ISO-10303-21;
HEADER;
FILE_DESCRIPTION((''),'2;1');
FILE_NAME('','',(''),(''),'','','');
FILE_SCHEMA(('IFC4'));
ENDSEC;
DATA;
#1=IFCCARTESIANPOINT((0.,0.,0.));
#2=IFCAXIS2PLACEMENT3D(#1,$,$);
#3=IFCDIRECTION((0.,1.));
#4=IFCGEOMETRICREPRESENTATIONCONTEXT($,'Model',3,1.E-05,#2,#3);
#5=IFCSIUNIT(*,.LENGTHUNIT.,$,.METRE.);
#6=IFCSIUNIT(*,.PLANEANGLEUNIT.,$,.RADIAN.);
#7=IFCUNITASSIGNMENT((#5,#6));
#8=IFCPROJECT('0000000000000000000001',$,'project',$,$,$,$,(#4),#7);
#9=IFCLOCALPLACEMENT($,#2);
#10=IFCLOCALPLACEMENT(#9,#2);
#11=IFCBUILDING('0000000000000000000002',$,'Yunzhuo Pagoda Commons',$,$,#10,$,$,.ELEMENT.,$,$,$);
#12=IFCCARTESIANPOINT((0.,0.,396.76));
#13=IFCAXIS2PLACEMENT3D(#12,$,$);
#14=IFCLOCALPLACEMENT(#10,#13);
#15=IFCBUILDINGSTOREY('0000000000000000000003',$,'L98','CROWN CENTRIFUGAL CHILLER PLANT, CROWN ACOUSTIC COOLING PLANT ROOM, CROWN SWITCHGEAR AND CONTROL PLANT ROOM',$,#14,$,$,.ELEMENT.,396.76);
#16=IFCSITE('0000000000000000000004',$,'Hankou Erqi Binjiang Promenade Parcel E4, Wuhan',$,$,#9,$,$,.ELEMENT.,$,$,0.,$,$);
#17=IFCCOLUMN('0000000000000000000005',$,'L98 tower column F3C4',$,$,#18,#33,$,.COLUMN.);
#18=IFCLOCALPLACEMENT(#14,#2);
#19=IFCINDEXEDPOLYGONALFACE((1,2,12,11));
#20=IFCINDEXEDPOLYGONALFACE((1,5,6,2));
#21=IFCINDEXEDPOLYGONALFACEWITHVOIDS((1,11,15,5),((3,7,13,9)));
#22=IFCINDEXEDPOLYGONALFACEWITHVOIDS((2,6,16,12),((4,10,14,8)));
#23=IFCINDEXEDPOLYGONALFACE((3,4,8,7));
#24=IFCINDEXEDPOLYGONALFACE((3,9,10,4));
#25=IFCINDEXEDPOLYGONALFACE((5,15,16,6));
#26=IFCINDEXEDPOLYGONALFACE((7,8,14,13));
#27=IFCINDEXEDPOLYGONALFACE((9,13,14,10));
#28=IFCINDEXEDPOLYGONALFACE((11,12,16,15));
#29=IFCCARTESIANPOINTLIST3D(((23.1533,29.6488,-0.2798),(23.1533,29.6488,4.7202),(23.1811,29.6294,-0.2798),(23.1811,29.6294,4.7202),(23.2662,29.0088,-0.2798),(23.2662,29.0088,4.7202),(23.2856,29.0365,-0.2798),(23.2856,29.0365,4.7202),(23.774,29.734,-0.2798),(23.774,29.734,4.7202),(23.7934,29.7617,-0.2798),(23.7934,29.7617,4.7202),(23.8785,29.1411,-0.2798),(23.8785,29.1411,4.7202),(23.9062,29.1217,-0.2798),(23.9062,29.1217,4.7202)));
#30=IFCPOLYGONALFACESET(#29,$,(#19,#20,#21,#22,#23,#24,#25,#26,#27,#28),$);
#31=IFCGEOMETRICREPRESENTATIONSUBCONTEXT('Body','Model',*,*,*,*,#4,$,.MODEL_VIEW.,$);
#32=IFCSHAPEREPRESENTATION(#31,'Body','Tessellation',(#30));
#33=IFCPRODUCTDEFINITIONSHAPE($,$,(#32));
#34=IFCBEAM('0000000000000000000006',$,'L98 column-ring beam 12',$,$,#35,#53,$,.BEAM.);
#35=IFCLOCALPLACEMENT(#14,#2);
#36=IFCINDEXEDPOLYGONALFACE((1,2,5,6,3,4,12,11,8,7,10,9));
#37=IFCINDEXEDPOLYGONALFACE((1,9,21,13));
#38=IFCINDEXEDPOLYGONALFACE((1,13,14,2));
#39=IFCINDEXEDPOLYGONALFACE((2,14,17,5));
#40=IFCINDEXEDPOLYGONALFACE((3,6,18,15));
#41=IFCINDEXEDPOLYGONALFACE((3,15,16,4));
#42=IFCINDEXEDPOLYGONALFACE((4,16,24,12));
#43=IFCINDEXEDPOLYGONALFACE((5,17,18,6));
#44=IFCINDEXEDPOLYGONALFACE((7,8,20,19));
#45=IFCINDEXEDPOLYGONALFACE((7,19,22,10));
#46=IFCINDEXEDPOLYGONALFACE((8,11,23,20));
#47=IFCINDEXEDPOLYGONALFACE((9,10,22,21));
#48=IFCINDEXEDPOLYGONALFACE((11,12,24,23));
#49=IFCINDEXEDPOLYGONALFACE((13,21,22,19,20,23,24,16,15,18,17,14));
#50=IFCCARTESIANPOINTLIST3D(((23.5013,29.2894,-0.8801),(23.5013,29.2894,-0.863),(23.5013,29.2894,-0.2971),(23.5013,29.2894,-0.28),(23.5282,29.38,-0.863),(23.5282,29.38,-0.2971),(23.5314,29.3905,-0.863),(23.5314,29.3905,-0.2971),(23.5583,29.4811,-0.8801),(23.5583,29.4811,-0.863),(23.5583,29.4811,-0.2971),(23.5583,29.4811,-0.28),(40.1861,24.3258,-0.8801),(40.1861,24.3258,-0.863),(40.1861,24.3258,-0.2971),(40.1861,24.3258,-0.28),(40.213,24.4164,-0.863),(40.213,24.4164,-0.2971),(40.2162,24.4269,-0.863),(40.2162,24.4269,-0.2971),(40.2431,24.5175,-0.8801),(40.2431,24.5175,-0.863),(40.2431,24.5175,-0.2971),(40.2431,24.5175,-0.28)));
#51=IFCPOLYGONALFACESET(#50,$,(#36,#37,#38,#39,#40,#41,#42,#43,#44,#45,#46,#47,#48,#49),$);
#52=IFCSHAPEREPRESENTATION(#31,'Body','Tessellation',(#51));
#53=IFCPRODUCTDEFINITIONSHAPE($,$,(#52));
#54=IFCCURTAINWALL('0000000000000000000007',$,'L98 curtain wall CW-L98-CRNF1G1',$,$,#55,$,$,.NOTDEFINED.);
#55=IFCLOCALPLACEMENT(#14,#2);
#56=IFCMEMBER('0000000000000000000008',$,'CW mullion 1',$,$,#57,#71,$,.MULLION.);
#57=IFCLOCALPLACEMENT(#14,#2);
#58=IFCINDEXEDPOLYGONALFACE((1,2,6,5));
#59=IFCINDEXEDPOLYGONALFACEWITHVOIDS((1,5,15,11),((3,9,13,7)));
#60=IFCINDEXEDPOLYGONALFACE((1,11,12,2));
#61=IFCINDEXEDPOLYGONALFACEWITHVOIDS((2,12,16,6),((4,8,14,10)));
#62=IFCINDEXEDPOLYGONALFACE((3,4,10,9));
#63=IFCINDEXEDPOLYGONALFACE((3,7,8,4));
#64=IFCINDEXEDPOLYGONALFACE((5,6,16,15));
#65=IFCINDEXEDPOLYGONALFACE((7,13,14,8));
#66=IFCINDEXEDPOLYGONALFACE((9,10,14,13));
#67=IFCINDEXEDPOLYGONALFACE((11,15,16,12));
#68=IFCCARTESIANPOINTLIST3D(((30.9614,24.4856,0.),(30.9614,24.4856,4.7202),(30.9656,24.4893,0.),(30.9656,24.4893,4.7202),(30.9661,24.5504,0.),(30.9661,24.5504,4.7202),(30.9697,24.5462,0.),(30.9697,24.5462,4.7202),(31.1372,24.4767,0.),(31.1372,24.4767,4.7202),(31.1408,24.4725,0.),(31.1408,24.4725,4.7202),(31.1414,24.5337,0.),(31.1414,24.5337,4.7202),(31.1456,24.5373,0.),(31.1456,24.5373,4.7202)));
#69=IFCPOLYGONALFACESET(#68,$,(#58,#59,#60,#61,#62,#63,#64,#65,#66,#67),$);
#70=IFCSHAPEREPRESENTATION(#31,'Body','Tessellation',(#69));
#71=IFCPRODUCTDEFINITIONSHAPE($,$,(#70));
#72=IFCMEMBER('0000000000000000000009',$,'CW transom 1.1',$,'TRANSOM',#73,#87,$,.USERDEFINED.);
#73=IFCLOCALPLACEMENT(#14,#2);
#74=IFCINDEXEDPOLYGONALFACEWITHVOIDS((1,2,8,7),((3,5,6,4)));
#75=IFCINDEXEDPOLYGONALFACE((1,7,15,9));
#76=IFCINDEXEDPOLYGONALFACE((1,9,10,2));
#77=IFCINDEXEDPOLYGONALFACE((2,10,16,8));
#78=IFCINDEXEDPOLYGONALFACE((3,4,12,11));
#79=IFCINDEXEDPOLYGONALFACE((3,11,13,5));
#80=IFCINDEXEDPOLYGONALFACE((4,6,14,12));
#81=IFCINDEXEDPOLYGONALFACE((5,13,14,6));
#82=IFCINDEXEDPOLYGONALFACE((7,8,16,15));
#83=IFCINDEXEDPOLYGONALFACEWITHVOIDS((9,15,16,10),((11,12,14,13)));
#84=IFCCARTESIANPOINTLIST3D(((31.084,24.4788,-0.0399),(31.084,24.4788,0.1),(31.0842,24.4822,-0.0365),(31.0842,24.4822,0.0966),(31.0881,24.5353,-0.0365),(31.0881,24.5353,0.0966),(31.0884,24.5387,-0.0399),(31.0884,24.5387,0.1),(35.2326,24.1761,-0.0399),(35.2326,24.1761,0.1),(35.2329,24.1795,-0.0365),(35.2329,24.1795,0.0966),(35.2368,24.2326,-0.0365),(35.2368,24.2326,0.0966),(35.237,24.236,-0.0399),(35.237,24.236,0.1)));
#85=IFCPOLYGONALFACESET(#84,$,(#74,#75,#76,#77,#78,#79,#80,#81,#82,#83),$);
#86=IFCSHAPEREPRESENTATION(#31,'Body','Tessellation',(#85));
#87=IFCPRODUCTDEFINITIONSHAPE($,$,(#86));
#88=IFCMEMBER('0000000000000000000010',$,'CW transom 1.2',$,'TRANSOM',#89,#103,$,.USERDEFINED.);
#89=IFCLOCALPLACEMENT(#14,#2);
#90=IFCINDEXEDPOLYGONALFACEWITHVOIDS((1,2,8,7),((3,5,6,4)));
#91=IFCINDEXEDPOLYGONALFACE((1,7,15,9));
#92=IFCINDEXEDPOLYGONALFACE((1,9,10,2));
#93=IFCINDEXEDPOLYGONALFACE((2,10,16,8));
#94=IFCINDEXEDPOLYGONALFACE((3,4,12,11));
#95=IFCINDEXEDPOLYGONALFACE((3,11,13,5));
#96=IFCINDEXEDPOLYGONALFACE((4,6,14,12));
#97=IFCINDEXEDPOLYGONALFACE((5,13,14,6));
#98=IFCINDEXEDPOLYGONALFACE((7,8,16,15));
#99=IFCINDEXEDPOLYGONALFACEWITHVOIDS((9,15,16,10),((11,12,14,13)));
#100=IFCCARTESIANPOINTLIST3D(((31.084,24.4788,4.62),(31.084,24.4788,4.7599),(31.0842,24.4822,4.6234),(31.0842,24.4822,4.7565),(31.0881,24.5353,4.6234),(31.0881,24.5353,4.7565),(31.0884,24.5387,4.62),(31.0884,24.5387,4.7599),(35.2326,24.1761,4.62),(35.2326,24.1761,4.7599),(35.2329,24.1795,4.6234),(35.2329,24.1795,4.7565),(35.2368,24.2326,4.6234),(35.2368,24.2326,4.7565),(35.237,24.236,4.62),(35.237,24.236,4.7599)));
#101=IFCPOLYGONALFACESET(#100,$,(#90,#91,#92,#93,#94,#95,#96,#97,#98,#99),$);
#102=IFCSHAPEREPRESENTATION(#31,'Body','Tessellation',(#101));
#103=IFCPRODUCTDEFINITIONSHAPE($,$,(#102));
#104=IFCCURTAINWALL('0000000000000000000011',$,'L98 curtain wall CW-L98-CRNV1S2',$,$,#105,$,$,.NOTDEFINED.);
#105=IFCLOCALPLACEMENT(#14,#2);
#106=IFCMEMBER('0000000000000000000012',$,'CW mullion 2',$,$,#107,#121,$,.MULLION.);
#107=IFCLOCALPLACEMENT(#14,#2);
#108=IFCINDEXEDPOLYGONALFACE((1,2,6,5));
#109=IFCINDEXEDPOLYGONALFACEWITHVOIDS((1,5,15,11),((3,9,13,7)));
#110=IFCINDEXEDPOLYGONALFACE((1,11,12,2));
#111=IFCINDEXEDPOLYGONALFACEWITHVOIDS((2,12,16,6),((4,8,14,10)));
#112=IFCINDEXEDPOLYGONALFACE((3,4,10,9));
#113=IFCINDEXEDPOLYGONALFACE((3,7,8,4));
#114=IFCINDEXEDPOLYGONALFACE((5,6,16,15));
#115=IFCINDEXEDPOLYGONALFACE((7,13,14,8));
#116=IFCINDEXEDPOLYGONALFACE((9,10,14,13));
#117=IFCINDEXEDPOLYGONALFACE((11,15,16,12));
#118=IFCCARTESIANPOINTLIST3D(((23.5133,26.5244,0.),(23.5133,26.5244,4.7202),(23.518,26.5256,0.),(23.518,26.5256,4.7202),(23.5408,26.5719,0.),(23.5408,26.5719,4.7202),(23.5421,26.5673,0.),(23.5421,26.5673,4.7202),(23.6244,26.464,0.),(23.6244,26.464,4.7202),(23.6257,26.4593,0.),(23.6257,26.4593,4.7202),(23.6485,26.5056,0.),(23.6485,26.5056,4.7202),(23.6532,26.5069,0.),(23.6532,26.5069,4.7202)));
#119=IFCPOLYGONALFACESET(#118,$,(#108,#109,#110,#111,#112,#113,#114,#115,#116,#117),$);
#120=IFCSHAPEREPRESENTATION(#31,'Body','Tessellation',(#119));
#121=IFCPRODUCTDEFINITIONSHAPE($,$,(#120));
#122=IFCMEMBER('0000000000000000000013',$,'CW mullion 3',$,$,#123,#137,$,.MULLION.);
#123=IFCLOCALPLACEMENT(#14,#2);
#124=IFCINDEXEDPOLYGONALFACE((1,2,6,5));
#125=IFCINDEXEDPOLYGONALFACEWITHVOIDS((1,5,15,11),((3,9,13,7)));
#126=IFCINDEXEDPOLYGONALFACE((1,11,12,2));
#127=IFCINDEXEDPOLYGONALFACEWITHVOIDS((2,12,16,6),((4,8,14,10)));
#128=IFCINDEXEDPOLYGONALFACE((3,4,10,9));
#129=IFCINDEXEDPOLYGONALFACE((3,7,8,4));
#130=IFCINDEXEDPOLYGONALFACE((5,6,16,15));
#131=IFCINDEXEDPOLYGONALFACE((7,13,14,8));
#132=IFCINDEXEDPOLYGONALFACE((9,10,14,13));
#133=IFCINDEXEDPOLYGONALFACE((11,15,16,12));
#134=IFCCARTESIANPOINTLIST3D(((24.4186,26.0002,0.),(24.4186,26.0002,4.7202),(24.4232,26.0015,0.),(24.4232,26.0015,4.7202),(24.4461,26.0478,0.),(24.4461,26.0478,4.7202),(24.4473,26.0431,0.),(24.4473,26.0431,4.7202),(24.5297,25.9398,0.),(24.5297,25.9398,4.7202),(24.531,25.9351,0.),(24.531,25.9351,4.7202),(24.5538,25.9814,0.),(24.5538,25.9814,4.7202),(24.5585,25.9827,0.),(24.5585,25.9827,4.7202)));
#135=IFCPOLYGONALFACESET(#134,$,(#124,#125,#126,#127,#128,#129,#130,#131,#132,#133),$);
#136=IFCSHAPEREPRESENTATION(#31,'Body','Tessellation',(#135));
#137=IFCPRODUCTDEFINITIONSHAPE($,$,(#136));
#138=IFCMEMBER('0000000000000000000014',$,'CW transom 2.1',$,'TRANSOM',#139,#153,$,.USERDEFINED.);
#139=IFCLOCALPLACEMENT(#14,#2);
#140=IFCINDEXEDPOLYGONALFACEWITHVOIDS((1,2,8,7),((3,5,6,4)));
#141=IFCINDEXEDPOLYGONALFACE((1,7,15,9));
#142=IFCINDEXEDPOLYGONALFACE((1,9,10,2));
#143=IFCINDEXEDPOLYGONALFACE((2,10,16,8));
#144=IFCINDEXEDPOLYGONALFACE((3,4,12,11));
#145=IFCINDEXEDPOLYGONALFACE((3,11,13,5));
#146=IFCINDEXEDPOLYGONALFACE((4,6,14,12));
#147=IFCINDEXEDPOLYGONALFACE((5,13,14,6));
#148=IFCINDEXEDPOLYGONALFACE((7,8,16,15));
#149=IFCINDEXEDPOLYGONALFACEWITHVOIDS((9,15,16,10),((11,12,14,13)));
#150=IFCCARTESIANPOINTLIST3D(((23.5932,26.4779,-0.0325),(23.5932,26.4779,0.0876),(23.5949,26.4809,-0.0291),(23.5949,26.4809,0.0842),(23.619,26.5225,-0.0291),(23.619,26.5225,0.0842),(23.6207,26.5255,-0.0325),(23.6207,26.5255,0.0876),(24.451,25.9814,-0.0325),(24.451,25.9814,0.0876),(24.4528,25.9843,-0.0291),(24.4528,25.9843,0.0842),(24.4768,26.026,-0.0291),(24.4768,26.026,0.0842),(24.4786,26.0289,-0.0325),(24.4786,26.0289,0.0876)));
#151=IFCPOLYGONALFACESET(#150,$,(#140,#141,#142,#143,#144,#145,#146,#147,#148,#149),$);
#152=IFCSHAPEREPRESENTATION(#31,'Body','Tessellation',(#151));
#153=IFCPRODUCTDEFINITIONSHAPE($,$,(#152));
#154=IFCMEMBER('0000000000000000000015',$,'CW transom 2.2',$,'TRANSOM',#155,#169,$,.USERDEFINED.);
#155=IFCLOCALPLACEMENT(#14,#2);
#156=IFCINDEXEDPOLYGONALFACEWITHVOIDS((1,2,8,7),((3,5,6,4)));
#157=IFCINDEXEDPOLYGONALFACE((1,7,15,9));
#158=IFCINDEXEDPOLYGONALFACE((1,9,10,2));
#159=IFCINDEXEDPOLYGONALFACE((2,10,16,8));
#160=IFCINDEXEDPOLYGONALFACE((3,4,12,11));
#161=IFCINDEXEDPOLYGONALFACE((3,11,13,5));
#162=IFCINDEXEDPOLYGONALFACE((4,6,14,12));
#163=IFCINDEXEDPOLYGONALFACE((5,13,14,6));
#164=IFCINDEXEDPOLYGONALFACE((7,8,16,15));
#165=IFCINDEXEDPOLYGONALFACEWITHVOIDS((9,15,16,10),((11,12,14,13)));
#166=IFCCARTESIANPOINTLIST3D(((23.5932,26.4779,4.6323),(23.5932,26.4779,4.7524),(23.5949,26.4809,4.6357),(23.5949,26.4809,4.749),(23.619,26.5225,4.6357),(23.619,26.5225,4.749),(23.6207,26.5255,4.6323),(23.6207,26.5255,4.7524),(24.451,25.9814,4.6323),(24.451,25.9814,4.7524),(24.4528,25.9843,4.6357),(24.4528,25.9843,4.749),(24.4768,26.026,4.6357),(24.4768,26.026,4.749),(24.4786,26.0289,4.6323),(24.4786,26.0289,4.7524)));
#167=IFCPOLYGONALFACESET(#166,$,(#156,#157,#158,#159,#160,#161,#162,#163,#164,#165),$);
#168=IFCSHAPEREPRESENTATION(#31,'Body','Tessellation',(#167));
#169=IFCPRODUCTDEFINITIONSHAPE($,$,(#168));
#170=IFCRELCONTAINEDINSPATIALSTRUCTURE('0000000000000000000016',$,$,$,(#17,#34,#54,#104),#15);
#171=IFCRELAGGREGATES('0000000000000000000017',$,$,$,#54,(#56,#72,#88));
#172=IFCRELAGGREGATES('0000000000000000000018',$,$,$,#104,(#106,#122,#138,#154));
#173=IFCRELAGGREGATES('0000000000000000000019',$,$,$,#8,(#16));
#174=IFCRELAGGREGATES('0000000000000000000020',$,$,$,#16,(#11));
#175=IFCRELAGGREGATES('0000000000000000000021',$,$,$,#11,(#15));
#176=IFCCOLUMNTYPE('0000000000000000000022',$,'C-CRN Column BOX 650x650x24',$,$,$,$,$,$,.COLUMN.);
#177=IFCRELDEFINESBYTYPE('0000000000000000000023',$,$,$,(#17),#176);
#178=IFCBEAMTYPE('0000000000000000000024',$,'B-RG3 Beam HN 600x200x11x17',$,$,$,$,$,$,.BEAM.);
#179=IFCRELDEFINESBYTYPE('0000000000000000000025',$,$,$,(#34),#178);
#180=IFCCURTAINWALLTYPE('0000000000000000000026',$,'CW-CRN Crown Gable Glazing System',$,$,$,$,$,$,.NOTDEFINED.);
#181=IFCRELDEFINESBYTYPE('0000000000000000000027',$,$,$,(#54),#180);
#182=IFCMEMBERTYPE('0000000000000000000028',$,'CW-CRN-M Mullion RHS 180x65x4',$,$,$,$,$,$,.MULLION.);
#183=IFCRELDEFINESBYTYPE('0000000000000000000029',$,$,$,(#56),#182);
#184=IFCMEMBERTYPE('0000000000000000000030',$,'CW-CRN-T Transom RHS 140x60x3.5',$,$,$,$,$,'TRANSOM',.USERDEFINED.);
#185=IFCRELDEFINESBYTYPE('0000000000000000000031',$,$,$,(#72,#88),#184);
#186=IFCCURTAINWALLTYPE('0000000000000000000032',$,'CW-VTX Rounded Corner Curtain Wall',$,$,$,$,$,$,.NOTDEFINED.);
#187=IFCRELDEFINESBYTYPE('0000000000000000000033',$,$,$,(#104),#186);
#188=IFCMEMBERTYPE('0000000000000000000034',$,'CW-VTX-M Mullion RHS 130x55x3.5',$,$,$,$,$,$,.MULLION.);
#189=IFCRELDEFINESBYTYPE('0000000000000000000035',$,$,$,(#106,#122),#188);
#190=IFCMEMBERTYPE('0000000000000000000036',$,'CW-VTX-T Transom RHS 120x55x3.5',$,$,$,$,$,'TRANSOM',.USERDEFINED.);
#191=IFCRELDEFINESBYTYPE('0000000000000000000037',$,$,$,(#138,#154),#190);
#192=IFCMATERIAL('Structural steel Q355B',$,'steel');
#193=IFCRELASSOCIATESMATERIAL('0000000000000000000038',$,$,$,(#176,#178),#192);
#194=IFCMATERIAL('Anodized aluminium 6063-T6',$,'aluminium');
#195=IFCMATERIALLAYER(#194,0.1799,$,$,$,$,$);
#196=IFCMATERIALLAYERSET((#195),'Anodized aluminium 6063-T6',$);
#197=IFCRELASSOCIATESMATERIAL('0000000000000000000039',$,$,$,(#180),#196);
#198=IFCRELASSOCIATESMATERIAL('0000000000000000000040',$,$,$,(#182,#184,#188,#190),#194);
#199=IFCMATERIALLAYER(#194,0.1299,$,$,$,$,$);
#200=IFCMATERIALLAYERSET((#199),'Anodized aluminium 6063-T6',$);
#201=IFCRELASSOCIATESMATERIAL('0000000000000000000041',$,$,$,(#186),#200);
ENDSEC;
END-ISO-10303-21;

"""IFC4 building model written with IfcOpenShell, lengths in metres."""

from ifc_helpers import new_model, si_unit, direction, frame, origin, origin_2d, place, context, subcontext, project, spatial, hollow_rectangle, i_section, extrude, source, transform, mapped, material, layer, layer_set, material_profile, profile_set, type_object, element, aggregate, save


model = new_model("IFC4")

# Units and contexts
model_context = context("Model", 3, precision=1e-05, world=origin(), true_north=direction((0.0, 1.0)))
body_context = subcontext(model_context, "Body", "Model", "MODEL_VIEW")
ifc_project = project(units=[si_unit("LENGTHUNIT", "METRE"), si_unit("PLANEANGLEUNIT", "RADIAN")], contexts=[model_context])

# Site, building, storey
site_placement = place(None, origin())
site = spatial("IfcSite", under=ifc_project, at=site_placement, Name="Hankou Erqi Binjiang Promenade Parcel E4, Wuhan", CompositionType="ELEMENT", RefElevation=0.0)
building_placement = place(site_placement, origin())
building = spatial("IfcBuilding", under=site, at=building_placement, Name="Yunzhuo Pagoda Commons", CompositionType="ELEMENT")
storey_placement = place(building_placement, frame((0.0, 0.0, 396.76)))
storey = spatial("IfcBuildingStorey", under=building, at=storey_placement, Name="L98", Description="CROWN CENTRIFUGAL CHILLER PLANT, CROWN ACOUSTIC COOLING PLANT ROOM, CROWN SWITCHGEAR AND CONTROL PLANT ROOM", CompositionType="ELEMENT", Elevation=396.76)

# Column
ifc_material_1 = material(Name="Structural steel Q355B", Category="steel")
ifc_material_profile_1 = material_profile(ifc_material_1, hollow_rectangle(XDim=0.6499, YDim=0.6499, WallThickness=0.0239, at=origin_2d()), Name="Structural steel Q355B")
ifc_profile_set_1 = profile_set([ifc_material_profile_1], Name="Structural steel Q355B")
column_type = type_object("IfcColumnType", Name="C-CRN Column BOX 650x650x24", PredefinedType="COLUMN", material=ifc_profile_set_1)
shared_shape_1 = source(origin(), body_context, "Body", "SweptSolid", [
    extrude(hollow_rectangle(XDim=0.6499, YDim=0.6499, WallThickness=0.0239, at=origin_2d()), origin(), (0.0, 0.0, 1.0), 5.0),
])
column_placement = place(storey_placement, frame((23.5298, 29.3853, -0.2798), z_axis=(0.0, 0.0, 1.0), x_axis=(0.173648, -0.984808, 0.0)))
element("IfcColumn", 1, at=column_placement, inside=storey, type_object=column_type, Name="L98 tower column F3C4", PredefinedType="COLUMN", context=body_context, shape_type="MappedRepresentation", body=[
    mapped(shared_shape_1, transform((0.0, 0.0, 0.0), scale=1.0)),
])

# Beam
ifc_material_profile_2 = material_profile(ifc_material_1, i_section(OverallWidth=0.2, OverallDepth=0.6001, WebThickness=0.011, FlangeThickness=0.0171, at=origin_2d()), Name="Structural steel Q355B")
ifc_profile_set_2 = profile_set([ifc_material_profile_2], Name="Structural steel Q355B")
beam_type = type_object("IfcBeamType", Name="B-RG3 Beam HN 600x200x11x17", PredefinedType="BEAM", material=ifc_profile_set_2)
shared_shape_2 = source(origin(), body_context, "Body", "SweptSolid", [
    extrude(i_section(OverallWidth=0.2, OverallDepth=0.6001, WebThickness=0.011, FlangeThickness=0.0171, at=origin_2d()), origin(), (0.0, 0.0, 1.0), 17.4075),
])
beam_placement = place(storey_placement, frame((23.5298, 29.3853, -0.5801), z_axis=(0.958485, -0.285143, 0.0), x_axis=(0.285143, 0.958485, 0.0)))
element("IfcBeam", 2, at=beam_placement, inside=storey, type_object=beam_type, Name="L98 column-ring beam 12", PredefinedType="BEAM", context=body_context, shape_type="MappedRepresentation", body=[
    mapped(shared_shape_2, transform((0.0, 0.0, 0.0), scale=1.0)),
])

# Curtain walls, members
ifc_material_2 = material(Name="Anodized aluminium 6063-T6", Category="aluminium")
ifc_layer_1 = layer(ifc_material_2, 0.1799)
ifc_layer_set_1 = layer_set([ifc_layer_1], Name="Anodized aluminium 6063-T6")
curtain_wall_type_1 = type_object("IfcCurtainWallType", Name="CW-CRN Crown Gable Glazing System", PredefinedType="NOTDEFINED", material=ifc_layer_set_1)
curtain_wall_1_placement = place(storey_placement, origin())
curtain_wall_1 = element("IfcCurtainWall", 3, at=curtain_wall_1_placement, inside=storey, type_object=curtain_wall_type_1, Name="L98 curtain wall CW-L98-CRNF1G1", PredefinedType="NOTDEFINED")
ifc_material_profile_3 = material_profile(ifc_material_2, hollow_rectangle(XDim=0.0649, YDim=0.1799, WallThickness=0.0039, at=origin_2d()), Name="Anodized aluminium 6063-T6")
ifc_profile_set_3 = profile_set([ifc_material_profile_3], Name="Anodized aluminium 6063-T6")
member_type_1 = type_object("IfcMemberType", Name="CW-CRN-M Mullion RHS 180x65x4", PredefinedType="MULLION", material=ifc_profile_set_3)
shared_shape_3 = source(origin(), body_context, "Body", "SweptSolid", [
    extrude(hollow_rectangle(XDim=0.0649, YDim=0.1799, WallThickness=0.0039, at=origin_2d()), origin(), (0.0, 0.0, 1.0), 4.7202),
])
member_1_placement = place(storey_placement, frame((31.0535, 24.5115, 0.0), z_axis=(0.0, 0.0, 1.0), x_axis=(0.072796, 0.997347, 0.0)))
member_1 = element("IfcMember", 4, at=member_1_placement, type_object=member_type_1, Name="CW mullion 1", PredefinedType="MULLION", context=body_context, shape_type="MappedRepresentation", body=[
    mapped(shared_shape_3, transform((0.0, 0.0, 0.0), scale=1.0)),
])
ifc_material_profile_4 = material_profile(ifc_material_2, hollow_rectangle(XDim=0.0601, YDim=0.1399, WallThickness=0.0034, at=origin_2d()), Name="Anodized aluminium 6063-T6")
ifc_profile_set_4 = profile_set([ifc_material_profile_4], Name="Anodized aluminium 6063-T6")
member_type_2 = type_object("IfcMemberType", Name="CW-CRN-T Transom RHS 140x60x3.5", ElementType="TRANSOM", PredefinedType="USERDEFINED", material=ifc_profile_set_4)
shared_shape_4 = source(origin(), body_context, "Body", "SweptSolid", [
    extrude(hollow_rectangle(XDim=0.0601, YDim=0.1399, WallThickness=0.0034, at=origin_2d()), origin(), (0.0, 0.0, 1.0), 4.1597),
])
member_2_placement = place(storey_placement, frame((31.0862, 24.5088, 0.03), z_axis=(0.997348, -0.072778, 0.0), x_axis=(0.072778, 0.997348, 0.0)))
member_2 = element("IfcMember", 5, at=member_2_placement, type_object=member_type_2, Name="CW transom 1.1", ObjectType="TRANSOM", PredefinedType="USERDEFINED", context=body_context, shape_type="MappedRepresentation", body=[
    mapped(shared_shape_4, transform((0.0, 0.0, 0.0), scale=1.0)),
])
member_3_placement = place(storey_placement, frame((31.0862, 24.5088, 4.6899), z_axis=(0.997348, -0.072778, 0.0), x_axis=(0.072778, 0.997348, 0.0)))
member_3 = element("IfcMember", 6, at=member_3_placement, type_object=member_type_2, Name="CW transom 1.2", ObjectType="TRANSOM", PredefinedType="USERDEFINED", context=body_context, shape_type="MappedRepresentation", body=[
    mapped(shared_shape_4, transform((0.0, 0.0, 0.0), scale=1.0)),
])
ifc_layer_2 = layer(ifc_material_2, 0.1299)
ifc_layer_set_2 = layer_set([ifc_layer_2], Name="Anodized aluminium 6063-T6")
curtain_wall_type_2 = type_object("IfcCurtainWallType", Name="CW-VTX Rounded Corner Curtain Wall", PredefinedType="NOTDEFINED", material=ifc_layer_set_2)
curtain_wall_2_placement = place(storey_placement, origin())
curtain_wall_2 = element("IfcCurtainWall", 7, at=curtain_wall_2_placement, inside=storey, type_object=curtain_wall_type_2, Name="L98 curtain wall CW-L98-CRNV1S2", PredefinedType="NOTDEFINED")
ifc_material_profile_5 = material_profile(ifc_material_2, hollow_rectangle(XDim=0.0549, YDim=0.1299, WallThickness=0.0034, at=origin_2d()), Name="Anodized aluminium 6063-T6")
ifc_profile_set_5 = profile_set([ifc_material_profile_5], Name="Anodized aluminium 6063-T6")
member_type_3 = type_object("IfcMemberType", Name="CW-VTX-M Mullion RHS 130x55x3.5", PredefinedType="MULLION", material=ifc_profile_set_5)
shared_shape_5 = source(origin(), body_context, "Body", "SweptSolid", [
    extrude(hollow_rectangle(XDim=0.0549, YDim=0.1299, WallThickness=0.0034, at=origin_2d()), origin(), (0.0, 0.0, 1.0), 4.7202),
])
member_4_placement = place(storey_placement, frame((23.5833, 26.5156, 0.0), z_axis=(0.0, 0.0, 1.0), x_axis=(0.501041, 0.865423, 0.0)))
member_4 = element("IfcMember", 8, at=member_4_placement, type_object=member_type_3, Name="CW mullion 2", PredefinedType="MULLION", context=body_context, shape_type="MappedRepresentation", body=[
    mapped(shared_shape_5, transform((0.0, 0.0, 0.0), scale=1.0)),
])
member_5_placement = place(storey_placement, frame((24.4885, 25.9915, 0.0), z_axis=(0.0, 0.0, 1.0), x_axis=(0.501041, 0.865423, 0.0)))
member_5 = element("IfcMember", 9, at=member_5_placement, type_object=member_type_3, Name="CW mullion 3", PredefinedType="MULLION", context=body_context, shape_type="MappedRepresentation", body=[
    mapped(shared_shape_5, transform((0.0, 0.0, 0.0), scale=1.0)),
])
ifc_material_profile_6 = material_profile(ifc_material_2, hollow_rectangle(XDim=0.0549, YDim=0.1201, WallThickness=0.0034, at=origin_2d()), Name="Anodized aluminium 6063-T6")
ifc_profile_set_6 = profile_set([ifc_material_profile_6], Name="Anodized aluminium 6063-T6")
member_type_4 = type_object("IfcMemberType", Name="CW-VTX-T Transom RHS 120x55x3.5", ElementType="TRANSOM", PredefinedType="USERDEFINED", material=ifc_profile_set_6)
shared_shape_6 = source(origin(), body_context, "Body", "SweptSolid", [
    extrude(hollow_rectangle(XDim=0.0549, YDim=0.1201, WallThickness=0.0034, at=origin_2d()), origin(), (0.0, 0.0, 1.0), 0.9912),
])
member_6_placement = place(storey_placement, frame((23.6069, 26.5017, 0.0276), z_axis=(0.865471, -0.500959, 0.0), x_axis=(0.500959, 0.865471, 0.0)))
member_6 = element("IfcMember", 10, at=member_6_placement, type_object=member_type_4, Name="CW transom 2.1", ObjectType="TRANSOM", PredefinedType="USERDEFINED", context=body_context, shape_type="MappedRepresentation", body=[
    mapped(shared_shape_6, transform((0.0, 0.0, 0.0), scale=1.0)),
])
member_7_placement = place(storey_placement, frame((23.6069, 26.5017, 4.6924), z_axis=(0.865471, -0.500959, 0.0), x_axis=(0.500959, 0.865471, 0.0)))
member_7 = element("IfcMember", 11, at=member_7_placement, type_object=member_type_4, Name="CW transom 2.2", ObjectType="TRANSOM", PredefinedType="USERDEFINED", context=body_context, shape_type="MappedRepresentation", body=[
    mapped(shared_shape_6, transform((0.0, 0.0, 0.0), scale=1.0)),
])

aggregate(curtain_wall_1, [member_1, member_2, member_3])
aggregate(curtain_wall_2, [member_4, member_5, member_6, member_7])

save(model, "model.ifc")
